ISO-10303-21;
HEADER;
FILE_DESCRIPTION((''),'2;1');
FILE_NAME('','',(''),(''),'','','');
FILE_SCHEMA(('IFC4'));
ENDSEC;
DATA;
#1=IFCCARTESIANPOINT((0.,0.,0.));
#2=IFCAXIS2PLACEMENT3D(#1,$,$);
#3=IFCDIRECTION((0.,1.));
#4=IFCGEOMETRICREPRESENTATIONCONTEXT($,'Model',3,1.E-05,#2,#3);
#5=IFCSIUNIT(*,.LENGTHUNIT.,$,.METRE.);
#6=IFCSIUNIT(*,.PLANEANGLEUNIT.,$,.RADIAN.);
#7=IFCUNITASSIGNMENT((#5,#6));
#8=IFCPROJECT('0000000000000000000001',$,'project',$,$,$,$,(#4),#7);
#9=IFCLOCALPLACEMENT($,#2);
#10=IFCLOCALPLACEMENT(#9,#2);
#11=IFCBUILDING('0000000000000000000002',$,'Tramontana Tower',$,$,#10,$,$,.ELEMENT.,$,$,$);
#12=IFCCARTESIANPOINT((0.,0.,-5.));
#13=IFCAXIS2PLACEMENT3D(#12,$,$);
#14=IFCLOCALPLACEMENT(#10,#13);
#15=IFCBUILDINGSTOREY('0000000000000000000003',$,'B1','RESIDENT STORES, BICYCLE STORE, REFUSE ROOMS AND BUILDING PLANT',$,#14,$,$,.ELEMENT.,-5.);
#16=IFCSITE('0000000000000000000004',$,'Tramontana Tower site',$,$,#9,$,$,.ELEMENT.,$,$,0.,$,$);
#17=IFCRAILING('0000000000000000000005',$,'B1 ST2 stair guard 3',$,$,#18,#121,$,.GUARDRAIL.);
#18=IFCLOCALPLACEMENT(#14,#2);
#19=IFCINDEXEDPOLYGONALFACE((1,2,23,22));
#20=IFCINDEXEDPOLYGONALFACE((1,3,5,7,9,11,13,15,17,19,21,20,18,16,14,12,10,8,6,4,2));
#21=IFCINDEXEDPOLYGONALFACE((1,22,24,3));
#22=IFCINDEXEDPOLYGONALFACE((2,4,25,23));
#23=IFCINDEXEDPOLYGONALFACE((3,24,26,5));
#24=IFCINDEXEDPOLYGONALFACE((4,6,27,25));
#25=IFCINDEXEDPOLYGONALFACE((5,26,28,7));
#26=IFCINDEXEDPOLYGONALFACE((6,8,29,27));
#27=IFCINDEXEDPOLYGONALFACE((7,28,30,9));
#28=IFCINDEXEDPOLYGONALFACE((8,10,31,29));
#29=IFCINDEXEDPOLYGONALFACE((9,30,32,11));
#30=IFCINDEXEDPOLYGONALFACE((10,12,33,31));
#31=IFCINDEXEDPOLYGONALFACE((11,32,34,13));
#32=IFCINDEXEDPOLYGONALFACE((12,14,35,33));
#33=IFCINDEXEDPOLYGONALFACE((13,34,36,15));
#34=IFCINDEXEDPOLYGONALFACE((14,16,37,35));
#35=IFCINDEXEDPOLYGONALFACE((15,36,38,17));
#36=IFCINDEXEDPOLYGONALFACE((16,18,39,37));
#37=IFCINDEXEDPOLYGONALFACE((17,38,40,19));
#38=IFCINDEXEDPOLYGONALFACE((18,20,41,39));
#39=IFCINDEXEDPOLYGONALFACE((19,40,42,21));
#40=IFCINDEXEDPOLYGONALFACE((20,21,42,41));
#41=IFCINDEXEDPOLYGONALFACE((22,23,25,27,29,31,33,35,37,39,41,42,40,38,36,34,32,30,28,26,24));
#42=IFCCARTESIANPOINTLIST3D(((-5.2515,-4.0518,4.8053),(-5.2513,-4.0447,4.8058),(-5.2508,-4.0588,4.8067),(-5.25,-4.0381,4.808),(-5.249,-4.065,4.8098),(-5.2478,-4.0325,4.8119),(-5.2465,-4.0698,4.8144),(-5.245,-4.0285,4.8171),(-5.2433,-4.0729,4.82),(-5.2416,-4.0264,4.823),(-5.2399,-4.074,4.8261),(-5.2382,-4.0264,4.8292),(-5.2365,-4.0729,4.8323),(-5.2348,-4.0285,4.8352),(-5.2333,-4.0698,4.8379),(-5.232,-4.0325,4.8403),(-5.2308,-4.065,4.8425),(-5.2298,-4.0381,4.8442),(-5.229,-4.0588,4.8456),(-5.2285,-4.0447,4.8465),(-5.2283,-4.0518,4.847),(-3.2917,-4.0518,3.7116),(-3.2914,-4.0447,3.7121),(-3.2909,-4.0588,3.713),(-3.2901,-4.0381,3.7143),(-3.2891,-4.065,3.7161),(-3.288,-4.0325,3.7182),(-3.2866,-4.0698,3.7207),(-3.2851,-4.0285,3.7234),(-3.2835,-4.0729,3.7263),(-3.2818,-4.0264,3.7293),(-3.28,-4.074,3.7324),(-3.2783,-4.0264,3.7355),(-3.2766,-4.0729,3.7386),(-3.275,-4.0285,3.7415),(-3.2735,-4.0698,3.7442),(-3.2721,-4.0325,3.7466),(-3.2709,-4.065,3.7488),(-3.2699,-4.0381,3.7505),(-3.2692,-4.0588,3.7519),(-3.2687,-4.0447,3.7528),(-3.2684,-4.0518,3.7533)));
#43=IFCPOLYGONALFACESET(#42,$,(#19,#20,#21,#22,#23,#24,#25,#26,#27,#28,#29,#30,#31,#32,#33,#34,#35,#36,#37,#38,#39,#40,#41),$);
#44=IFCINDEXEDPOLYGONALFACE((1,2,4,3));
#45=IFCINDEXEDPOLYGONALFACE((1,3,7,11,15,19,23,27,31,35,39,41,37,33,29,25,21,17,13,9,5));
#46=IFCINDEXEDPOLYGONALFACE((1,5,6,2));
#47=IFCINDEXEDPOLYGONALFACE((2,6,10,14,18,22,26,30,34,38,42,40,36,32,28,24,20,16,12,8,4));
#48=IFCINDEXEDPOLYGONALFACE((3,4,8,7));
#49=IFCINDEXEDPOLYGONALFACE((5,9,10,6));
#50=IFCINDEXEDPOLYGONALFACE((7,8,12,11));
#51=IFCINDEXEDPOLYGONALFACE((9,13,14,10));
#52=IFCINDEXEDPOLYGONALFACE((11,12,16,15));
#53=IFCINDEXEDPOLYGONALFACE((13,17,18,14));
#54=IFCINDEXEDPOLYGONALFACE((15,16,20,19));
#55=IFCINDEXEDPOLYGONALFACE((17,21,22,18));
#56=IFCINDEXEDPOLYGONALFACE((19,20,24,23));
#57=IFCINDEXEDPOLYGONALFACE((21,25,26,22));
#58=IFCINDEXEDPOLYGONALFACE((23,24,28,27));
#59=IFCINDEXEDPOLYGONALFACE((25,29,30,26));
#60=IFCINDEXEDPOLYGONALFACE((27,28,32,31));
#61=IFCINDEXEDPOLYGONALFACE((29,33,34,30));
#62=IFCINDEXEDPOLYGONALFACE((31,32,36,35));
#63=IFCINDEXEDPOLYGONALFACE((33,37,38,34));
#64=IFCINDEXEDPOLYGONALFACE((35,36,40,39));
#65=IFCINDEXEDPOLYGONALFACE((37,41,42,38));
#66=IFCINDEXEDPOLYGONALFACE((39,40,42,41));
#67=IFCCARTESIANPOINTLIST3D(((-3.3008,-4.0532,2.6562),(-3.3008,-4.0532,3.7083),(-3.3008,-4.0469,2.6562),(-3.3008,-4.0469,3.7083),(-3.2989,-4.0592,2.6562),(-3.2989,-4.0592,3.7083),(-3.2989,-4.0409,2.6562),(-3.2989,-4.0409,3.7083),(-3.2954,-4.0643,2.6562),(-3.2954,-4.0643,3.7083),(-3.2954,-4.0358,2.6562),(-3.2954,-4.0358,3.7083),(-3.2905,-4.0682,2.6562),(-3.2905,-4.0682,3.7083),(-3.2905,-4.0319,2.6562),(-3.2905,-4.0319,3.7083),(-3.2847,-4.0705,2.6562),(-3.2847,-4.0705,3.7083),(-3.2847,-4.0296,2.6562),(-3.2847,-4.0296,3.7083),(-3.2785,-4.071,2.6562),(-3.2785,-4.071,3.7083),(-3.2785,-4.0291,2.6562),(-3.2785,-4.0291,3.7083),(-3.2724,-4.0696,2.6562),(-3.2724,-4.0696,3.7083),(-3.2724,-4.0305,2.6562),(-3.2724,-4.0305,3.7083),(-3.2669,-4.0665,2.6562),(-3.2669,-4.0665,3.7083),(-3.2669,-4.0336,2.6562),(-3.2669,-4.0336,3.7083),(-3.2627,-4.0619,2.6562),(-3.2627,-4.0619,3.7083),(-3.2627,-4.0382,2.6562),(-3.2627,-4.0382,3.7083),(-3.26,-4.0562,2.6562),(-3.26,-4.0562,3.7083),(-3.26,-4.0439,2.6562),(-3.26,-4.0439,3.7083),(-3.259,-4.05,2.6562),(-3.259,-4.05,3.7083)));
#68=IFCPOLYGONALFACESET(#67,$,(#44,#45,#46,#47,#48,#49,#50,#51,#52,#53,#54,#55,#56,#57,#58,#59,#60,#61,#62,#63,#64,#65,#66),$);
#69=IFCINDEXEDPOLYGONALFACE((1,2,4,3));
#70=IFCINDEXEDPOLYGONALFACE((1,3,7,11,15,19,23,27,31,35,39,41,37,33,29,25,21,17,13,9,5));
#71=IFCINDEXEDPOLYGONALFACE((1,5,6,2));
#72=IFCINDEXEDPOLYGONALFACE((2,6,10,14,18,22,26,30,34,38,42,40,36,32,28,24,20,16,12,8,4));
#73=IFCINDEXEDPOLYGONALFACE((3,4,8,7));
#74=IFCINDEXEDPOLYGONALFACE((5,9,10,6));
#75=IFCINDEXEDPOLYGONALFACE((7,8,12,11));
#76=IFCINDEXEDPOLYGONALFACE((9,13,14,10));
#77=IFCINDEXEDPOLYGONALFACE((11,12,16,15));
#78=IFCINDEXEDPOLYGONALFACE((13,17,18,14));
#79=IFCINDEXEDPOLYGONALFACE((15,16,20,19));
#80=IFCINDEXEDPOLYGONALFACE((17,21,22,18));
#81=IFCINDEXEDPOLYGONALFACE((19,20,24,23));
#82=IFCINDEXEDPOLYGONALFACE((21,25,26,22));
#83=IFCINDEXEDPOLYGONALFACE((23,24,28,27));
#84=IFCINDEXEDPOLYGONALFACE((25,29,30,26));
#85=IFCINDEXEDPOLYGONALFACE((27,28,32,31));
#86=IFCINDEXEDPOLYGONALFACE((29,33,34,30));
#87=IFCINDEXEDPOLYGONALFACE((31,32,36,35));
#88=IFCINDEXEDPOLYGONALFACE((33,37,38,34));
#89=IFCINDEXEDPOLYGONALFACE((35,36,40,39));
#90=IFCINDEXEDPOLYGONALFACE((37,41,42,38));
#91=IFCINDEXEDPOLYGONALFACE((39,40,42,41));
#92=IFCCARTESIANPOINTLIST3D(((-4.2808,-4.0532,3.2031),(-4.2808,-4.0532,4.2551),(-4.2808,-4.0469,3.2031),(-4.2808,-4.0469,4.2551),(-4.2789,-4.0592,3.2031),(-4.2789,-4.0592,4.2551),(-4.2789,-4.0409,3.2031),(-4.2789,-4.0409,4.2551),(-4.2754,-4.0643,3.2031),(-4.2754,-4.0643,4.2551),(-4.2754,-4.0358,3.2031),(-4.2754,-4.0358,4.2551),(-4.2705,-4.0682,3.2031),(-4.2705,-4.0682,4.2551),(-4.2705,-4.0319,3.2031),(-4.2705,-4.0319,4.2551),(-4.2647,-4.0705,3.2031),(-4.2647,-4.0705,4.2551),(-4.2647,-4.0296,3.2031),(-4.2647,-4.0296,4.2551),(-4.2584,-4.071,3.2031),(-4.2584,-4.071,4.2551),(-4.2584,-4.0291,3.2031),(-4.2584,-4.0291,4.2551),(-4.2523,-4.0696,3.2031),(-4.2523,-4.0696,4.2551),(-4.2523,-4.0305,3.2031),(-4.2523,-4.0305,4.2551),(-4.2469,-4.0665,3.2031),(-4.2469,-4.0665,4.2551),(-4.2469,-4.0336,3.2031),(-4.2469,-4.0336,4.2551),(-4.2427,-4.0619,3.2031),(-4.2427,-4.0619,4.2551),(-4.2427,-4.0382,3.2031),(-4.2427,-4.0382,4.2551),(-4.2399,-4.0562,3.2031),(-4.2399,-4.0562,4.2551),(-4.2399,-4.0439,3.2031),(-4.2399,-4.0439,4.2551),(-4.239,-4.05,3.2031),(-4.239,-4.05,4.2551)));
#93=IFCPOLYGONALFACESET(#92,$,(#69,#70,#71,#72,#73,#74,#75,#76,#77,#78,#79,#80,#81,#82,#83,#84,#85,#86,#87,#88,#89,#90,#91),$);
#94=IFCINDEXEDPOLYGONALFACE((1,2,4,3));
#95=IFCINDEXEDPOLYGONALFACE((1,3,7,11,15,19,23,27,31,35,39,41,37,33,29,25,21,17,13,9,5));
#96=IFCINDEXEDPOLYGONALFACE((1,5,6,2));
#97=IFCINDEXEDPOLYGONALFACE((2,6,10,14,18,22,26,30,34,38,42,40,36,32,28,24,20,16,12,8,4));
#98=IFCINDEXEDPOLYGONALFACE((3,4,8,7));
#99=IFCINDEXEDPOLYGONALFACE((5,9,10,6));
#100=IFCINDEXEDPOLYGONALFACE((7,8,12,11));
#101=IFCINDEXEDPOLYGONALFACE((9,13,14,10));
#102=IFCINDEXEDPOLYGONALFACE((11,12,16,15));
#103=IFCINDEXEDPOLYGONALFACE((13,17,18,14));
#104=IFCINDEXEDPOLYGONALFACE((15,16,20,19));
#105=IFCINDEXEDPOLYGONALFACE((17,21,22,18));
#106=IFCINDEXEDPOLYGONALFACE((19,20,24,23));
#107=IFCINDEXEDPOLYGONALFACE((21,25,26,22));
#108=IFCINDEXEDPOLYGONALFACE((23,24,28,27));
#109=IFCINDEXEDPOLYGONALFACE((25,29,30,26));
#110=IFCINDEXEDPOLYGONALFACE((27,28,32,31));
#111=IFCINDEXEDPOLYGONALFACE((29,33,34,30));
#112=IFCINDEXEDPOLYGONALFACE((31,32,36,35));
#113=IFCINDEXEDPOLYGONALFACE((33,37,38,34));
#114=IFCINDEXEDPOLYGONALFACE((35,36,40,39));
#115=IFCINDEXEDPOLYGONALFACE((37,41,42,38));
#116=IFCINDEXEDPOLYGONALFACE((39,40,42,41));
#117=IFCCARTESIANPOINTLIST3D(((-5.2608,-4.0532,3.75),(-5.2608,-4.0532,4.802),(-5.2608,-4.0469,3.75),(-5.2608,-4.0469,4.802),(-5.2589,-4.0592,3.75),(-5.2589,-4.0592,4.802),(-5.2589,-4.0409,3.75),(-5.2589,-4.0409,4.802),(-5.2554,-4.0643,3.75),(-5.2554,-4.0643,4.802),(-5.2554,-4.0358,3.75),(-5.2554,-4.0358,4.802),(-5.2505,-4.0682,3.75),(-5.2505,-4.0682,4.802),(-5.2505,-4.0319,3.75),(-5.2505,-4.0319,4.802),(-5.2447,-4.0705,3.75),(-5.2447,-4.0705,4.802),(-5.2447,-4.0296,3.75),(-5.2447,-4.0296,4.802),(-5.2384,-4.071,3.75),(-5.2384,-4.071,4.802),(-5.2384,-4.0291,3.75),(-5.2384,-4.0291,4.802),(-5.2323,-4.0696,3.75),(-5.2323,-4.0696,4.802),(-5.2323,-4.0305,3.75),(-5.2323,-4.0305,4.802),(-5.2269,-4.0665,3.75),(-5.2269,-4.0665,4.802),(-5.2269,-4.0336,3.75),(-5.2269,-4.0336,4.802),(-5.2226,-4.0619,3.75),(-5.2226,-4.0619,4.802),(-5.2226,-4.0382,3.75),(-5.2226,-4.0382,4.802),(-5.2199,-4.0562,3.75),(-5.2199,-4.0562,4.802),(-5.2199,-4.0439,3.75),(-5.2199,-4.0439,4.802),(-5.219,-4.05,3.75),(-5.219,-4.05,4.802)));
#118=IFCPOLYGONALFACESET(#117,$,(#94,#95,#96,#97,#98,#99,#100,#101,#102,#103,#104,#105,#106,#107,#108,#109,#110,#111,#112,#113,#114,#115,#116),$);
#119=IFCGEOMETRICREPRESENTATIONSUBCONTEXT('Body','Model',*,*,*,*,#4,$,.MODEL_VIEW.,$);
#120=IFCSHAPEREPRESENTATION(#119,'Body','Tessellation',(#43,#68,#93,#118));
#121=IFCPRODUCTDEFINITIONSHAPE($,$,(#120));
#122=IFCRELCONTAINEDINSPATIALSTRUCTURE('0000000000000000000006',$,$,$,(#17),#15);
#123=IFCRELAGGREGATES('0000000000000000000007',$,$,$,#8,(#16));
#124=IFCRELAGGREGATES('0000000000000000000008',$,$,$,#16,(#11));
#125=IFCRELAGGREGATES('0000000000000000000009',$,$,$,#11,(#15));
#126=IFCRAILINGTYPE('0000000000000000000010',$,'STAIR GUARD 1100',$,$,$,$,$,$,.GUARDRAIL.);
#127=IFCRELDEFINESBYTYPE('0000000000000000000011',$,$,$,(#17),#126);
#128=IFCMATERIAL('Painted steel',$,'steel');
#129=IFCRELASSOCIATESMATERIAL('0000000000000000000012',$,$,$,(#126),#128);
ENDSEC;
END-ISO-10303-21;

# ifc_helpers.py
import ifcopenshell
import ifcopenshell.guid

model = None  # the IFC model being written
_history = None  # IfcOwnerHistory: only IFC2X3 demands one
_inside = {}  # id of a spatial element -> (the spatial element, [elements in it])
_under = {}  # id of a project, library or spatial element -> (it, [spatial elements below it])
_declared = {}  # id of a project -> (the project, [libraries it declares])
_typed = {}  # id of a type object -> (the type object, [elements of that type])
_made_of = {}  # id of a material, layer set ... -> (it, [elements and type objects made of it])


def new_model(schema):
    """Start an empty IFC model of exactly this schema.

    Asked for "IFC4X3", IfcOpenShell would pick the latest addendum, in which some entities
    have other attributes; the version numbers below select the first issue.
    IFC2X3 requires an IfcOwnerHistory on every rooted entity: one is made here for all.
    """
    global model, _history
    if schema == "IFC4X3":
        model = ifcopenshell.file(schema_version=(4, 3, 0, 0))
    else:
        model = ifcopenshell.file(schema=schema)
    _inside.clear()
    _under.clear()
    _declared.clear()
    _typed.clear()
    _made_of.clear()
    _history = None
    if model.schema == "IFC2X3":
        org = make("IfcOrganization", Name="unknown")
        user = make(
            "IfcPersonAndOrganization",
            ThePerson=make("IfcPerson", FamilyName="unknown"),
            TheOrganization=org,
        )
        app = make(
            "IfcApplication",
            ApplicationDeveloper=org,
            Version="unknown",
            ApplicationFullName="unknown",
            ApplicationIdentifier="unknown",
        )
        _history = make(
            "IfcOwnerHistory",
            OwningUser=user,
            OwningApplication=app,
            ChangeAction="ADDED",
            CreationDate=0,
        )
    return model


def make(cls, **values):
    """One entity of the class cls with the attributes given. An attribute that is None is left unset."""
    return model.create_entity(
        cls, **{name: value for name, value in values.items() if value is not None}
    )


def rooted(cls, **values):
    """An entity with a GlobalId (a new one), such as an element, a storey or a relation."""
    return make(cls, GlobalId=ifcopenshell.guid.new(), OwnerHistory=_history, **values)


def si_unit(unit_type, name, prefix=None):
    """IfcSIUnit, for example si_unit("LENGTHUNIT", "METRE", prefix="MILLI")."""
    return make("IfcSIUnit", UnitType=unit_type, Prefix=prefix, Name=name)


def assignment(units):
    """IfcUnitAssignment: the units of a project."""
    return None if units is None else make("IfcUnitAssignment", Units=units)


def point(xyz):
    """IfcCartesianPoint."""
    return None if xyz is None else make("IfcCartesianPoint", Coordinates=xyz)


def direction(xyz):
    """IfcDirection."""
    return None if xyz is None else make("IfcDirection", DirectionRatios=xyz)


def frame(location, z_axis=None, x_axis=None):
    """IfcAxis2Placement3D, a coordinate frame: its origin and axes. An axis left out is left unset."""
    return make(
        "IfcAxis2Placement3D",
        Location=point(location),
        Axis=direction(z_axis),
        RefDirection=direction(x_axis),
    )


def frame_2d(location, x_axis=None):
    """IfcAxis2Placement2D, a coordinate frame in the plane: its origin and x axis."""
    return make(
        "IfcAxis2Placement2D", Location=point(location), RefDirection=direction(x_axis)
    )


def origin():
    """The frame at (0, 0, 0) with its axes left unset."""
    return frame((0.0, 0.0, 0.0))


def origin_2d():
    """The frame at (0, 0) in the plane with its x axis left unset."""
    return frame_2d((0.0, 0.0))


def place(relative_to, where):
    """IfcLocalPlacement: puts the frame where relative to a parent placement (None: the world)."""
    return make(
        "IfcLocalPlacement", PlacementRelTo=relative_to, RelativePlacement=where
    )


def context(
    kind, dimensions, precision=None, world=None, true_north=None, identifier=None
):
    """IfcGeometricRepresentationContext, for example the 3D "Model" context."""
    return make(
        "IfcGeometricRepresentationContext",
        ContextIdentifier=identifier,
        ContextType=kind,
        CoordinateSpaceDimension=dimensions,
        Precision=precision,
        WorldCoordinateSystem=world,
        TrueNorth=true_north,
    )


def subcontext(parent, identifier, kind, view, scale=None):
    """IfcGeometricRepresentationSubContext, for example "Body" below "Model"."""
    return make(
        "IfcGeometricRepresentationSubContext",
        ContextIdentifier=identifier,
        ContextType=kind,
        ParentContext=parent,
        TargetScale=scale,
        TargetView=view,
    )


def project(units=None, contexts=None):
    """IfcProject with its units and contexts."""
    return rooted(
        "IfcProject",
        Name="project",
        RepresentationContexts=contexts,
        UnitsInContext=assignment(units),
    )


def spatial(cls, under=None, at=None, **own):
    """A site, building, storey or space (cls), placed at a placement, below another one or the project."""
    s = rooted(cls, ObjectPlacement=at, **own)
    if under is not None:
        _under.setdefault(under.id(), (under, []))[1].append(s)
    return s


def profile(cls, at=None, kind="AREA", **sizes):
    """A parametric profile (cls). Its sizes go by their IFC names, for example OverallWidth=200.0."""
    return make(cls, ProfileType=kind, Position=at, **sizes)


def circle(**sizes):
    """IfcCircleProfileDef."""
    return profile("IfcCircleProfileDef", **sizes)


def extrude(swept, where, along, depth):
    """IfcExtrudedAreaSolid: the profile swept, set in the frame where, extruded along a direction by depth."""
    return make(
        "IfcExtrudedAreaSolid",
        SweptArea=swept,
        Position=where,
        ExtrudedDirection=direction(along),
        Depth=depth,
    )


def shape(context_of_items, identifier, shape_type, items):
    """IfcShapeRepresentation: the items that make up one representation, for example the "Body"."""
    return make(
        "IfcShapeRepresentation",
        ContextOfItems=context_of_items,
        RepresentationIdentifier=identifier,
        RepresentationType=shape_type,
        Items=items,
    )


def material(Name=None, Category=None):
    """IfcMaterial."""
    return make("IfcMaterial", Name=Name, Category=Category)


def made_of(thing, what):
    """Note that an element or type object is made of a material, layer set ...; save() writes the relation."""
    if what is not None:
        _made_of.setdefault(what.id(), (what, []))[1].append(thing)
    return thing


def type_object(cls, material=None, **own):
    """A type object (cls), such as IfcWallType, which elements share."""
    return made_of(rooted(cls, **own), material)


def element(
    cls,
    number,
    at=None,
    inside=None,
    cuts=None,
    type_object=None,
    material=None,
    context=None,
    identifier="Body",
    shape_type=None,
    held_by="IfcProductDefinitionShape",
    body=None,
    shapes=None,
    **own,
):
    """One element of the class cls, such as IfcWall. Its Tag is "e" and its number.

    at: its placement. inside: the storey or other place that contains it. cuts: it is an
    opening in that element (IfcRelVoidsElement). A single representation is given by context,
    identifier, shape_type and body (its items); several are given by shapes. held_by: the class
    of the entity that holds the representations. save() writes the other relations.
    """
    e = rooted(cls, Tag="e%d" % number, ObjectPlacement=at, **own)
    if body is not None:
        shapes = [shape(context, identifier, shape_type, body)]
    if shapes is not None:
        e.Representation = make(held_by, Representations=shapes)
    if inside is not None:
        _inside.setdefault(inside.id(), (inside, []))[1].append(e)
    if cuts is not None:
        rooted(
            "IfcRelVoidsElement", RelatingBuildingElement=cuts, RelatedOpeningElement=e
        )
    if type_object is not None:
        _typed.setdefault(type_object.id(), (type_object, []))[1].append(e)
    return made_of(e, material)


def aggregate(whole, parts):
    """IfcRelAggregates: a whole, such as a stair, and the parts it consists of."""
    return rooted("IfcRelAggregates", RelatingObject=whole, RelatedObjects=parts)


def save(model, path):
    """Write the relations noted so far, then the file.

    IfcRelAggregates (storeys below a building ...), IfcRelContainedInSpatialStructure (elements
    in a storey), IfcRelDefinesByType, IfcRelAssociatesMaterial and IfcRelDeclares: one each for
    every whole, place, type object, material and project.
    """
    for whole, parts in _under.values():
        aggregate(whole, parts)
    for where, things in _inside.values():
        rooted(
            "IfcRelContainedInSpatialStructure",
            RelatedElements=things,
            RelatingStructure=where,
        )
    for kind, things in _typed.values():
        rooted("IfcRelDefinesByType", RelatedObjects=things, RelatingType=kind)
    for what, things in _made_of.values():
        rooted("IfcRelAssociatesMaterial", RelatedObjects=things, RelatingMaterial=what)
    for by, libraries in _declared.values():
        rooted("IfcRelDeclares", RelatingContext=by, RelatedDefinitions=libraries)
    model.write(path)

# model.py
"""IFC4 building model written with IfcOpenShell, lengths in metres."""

from ifc_helpers import new_model, si_unit, direction, frame, origin, origin_2d, place, context, subcontext, project, spatial, circle, extrude, material, type_object, element, save


model = new_model("IFC4")

# Units and contexts
model_context = context("Model", 3, precision=1e-05, world=origin(), true_north=direction((0.0, 1.0)))
body_context = subcontext(model_context, "Body", "Model", "MODEL_VIEW")
ifc_project = project(units=[si_unit("LENGTHUNIT", "METRE"), si_unit("PLANEANGLEUNIT", "RADIAN")], contexts=[model_context])

# Site, building, storey
site_placement = place(None, origin())
site = spatial("IfcSite", under=ifc_project, at=site_placement, Name="Tramontana Tower site", CompositionType="ELEMENT", RefElevation=0.0)
building_placement = place(site_placement, origin())
building = spatial("IfcBuilding", under=site, at=building_placement, Name="Tramontana Tower", CompositionType="ELEMENT")
storey_placement = place(building_placement, frame((0.0, 0.0, -5.0)))
storey = spatial("IfcBuildingStorey", under=building, at=storey_placement, Name="B1", Description="RESIDENT STORES, BICYCLE STORE, REFUSE ROOMS AND BUILDING PLANT", CompositionType="ELEMENT", Elevation=-5.0)

# Railing
ifc_material_1 = material(Name="Painted steel", Category="steel")
railing_type_1 = type_object("IfcRailingType", Name="STAIR GUARD 1100", PredefinedType="GUARDRAIL", material=ifc_material_1)
railing_1_placement = place(storey_placement, frame((-3.28, -4.05, 2.6562)))
element("IfcRailing", 1, at=railing_1_placement, inside=storey, type_object=railing_type_1, Name="B1 ST2 stair guard 3", PredefinedType="GUARDRAIL", context=body_context, shape_type="SweptSolid", body=[
    extrude(circle(Radius=0.0239, at=origin_2d()), frame((0.0, 0.0, 1.0762), z_axis=(-0.873232, 0.0, 0.487304), x_axis=(0.0, -1.0, 0.0)), (0.0, 0.0, 1.0), 2.2444),
    extrude(circle(Radius=0.021, at=origin_2d()), origin(), (0.0, 0.0, 1.0), 1.052),
    extrude(circle(Radius=0.021, at=origin_2d()), frame((-0.98, 0.0, 0.5469)), (0.0, 0.0, 1.0), 1.052),
    extrude(circle(Radius=0.021, at=origin_2d()), frame((-1.96, 0.0, 1.0938)), (0.0, 0.0, 1.0), 1.052),
])

save(model, "model.ifc")
